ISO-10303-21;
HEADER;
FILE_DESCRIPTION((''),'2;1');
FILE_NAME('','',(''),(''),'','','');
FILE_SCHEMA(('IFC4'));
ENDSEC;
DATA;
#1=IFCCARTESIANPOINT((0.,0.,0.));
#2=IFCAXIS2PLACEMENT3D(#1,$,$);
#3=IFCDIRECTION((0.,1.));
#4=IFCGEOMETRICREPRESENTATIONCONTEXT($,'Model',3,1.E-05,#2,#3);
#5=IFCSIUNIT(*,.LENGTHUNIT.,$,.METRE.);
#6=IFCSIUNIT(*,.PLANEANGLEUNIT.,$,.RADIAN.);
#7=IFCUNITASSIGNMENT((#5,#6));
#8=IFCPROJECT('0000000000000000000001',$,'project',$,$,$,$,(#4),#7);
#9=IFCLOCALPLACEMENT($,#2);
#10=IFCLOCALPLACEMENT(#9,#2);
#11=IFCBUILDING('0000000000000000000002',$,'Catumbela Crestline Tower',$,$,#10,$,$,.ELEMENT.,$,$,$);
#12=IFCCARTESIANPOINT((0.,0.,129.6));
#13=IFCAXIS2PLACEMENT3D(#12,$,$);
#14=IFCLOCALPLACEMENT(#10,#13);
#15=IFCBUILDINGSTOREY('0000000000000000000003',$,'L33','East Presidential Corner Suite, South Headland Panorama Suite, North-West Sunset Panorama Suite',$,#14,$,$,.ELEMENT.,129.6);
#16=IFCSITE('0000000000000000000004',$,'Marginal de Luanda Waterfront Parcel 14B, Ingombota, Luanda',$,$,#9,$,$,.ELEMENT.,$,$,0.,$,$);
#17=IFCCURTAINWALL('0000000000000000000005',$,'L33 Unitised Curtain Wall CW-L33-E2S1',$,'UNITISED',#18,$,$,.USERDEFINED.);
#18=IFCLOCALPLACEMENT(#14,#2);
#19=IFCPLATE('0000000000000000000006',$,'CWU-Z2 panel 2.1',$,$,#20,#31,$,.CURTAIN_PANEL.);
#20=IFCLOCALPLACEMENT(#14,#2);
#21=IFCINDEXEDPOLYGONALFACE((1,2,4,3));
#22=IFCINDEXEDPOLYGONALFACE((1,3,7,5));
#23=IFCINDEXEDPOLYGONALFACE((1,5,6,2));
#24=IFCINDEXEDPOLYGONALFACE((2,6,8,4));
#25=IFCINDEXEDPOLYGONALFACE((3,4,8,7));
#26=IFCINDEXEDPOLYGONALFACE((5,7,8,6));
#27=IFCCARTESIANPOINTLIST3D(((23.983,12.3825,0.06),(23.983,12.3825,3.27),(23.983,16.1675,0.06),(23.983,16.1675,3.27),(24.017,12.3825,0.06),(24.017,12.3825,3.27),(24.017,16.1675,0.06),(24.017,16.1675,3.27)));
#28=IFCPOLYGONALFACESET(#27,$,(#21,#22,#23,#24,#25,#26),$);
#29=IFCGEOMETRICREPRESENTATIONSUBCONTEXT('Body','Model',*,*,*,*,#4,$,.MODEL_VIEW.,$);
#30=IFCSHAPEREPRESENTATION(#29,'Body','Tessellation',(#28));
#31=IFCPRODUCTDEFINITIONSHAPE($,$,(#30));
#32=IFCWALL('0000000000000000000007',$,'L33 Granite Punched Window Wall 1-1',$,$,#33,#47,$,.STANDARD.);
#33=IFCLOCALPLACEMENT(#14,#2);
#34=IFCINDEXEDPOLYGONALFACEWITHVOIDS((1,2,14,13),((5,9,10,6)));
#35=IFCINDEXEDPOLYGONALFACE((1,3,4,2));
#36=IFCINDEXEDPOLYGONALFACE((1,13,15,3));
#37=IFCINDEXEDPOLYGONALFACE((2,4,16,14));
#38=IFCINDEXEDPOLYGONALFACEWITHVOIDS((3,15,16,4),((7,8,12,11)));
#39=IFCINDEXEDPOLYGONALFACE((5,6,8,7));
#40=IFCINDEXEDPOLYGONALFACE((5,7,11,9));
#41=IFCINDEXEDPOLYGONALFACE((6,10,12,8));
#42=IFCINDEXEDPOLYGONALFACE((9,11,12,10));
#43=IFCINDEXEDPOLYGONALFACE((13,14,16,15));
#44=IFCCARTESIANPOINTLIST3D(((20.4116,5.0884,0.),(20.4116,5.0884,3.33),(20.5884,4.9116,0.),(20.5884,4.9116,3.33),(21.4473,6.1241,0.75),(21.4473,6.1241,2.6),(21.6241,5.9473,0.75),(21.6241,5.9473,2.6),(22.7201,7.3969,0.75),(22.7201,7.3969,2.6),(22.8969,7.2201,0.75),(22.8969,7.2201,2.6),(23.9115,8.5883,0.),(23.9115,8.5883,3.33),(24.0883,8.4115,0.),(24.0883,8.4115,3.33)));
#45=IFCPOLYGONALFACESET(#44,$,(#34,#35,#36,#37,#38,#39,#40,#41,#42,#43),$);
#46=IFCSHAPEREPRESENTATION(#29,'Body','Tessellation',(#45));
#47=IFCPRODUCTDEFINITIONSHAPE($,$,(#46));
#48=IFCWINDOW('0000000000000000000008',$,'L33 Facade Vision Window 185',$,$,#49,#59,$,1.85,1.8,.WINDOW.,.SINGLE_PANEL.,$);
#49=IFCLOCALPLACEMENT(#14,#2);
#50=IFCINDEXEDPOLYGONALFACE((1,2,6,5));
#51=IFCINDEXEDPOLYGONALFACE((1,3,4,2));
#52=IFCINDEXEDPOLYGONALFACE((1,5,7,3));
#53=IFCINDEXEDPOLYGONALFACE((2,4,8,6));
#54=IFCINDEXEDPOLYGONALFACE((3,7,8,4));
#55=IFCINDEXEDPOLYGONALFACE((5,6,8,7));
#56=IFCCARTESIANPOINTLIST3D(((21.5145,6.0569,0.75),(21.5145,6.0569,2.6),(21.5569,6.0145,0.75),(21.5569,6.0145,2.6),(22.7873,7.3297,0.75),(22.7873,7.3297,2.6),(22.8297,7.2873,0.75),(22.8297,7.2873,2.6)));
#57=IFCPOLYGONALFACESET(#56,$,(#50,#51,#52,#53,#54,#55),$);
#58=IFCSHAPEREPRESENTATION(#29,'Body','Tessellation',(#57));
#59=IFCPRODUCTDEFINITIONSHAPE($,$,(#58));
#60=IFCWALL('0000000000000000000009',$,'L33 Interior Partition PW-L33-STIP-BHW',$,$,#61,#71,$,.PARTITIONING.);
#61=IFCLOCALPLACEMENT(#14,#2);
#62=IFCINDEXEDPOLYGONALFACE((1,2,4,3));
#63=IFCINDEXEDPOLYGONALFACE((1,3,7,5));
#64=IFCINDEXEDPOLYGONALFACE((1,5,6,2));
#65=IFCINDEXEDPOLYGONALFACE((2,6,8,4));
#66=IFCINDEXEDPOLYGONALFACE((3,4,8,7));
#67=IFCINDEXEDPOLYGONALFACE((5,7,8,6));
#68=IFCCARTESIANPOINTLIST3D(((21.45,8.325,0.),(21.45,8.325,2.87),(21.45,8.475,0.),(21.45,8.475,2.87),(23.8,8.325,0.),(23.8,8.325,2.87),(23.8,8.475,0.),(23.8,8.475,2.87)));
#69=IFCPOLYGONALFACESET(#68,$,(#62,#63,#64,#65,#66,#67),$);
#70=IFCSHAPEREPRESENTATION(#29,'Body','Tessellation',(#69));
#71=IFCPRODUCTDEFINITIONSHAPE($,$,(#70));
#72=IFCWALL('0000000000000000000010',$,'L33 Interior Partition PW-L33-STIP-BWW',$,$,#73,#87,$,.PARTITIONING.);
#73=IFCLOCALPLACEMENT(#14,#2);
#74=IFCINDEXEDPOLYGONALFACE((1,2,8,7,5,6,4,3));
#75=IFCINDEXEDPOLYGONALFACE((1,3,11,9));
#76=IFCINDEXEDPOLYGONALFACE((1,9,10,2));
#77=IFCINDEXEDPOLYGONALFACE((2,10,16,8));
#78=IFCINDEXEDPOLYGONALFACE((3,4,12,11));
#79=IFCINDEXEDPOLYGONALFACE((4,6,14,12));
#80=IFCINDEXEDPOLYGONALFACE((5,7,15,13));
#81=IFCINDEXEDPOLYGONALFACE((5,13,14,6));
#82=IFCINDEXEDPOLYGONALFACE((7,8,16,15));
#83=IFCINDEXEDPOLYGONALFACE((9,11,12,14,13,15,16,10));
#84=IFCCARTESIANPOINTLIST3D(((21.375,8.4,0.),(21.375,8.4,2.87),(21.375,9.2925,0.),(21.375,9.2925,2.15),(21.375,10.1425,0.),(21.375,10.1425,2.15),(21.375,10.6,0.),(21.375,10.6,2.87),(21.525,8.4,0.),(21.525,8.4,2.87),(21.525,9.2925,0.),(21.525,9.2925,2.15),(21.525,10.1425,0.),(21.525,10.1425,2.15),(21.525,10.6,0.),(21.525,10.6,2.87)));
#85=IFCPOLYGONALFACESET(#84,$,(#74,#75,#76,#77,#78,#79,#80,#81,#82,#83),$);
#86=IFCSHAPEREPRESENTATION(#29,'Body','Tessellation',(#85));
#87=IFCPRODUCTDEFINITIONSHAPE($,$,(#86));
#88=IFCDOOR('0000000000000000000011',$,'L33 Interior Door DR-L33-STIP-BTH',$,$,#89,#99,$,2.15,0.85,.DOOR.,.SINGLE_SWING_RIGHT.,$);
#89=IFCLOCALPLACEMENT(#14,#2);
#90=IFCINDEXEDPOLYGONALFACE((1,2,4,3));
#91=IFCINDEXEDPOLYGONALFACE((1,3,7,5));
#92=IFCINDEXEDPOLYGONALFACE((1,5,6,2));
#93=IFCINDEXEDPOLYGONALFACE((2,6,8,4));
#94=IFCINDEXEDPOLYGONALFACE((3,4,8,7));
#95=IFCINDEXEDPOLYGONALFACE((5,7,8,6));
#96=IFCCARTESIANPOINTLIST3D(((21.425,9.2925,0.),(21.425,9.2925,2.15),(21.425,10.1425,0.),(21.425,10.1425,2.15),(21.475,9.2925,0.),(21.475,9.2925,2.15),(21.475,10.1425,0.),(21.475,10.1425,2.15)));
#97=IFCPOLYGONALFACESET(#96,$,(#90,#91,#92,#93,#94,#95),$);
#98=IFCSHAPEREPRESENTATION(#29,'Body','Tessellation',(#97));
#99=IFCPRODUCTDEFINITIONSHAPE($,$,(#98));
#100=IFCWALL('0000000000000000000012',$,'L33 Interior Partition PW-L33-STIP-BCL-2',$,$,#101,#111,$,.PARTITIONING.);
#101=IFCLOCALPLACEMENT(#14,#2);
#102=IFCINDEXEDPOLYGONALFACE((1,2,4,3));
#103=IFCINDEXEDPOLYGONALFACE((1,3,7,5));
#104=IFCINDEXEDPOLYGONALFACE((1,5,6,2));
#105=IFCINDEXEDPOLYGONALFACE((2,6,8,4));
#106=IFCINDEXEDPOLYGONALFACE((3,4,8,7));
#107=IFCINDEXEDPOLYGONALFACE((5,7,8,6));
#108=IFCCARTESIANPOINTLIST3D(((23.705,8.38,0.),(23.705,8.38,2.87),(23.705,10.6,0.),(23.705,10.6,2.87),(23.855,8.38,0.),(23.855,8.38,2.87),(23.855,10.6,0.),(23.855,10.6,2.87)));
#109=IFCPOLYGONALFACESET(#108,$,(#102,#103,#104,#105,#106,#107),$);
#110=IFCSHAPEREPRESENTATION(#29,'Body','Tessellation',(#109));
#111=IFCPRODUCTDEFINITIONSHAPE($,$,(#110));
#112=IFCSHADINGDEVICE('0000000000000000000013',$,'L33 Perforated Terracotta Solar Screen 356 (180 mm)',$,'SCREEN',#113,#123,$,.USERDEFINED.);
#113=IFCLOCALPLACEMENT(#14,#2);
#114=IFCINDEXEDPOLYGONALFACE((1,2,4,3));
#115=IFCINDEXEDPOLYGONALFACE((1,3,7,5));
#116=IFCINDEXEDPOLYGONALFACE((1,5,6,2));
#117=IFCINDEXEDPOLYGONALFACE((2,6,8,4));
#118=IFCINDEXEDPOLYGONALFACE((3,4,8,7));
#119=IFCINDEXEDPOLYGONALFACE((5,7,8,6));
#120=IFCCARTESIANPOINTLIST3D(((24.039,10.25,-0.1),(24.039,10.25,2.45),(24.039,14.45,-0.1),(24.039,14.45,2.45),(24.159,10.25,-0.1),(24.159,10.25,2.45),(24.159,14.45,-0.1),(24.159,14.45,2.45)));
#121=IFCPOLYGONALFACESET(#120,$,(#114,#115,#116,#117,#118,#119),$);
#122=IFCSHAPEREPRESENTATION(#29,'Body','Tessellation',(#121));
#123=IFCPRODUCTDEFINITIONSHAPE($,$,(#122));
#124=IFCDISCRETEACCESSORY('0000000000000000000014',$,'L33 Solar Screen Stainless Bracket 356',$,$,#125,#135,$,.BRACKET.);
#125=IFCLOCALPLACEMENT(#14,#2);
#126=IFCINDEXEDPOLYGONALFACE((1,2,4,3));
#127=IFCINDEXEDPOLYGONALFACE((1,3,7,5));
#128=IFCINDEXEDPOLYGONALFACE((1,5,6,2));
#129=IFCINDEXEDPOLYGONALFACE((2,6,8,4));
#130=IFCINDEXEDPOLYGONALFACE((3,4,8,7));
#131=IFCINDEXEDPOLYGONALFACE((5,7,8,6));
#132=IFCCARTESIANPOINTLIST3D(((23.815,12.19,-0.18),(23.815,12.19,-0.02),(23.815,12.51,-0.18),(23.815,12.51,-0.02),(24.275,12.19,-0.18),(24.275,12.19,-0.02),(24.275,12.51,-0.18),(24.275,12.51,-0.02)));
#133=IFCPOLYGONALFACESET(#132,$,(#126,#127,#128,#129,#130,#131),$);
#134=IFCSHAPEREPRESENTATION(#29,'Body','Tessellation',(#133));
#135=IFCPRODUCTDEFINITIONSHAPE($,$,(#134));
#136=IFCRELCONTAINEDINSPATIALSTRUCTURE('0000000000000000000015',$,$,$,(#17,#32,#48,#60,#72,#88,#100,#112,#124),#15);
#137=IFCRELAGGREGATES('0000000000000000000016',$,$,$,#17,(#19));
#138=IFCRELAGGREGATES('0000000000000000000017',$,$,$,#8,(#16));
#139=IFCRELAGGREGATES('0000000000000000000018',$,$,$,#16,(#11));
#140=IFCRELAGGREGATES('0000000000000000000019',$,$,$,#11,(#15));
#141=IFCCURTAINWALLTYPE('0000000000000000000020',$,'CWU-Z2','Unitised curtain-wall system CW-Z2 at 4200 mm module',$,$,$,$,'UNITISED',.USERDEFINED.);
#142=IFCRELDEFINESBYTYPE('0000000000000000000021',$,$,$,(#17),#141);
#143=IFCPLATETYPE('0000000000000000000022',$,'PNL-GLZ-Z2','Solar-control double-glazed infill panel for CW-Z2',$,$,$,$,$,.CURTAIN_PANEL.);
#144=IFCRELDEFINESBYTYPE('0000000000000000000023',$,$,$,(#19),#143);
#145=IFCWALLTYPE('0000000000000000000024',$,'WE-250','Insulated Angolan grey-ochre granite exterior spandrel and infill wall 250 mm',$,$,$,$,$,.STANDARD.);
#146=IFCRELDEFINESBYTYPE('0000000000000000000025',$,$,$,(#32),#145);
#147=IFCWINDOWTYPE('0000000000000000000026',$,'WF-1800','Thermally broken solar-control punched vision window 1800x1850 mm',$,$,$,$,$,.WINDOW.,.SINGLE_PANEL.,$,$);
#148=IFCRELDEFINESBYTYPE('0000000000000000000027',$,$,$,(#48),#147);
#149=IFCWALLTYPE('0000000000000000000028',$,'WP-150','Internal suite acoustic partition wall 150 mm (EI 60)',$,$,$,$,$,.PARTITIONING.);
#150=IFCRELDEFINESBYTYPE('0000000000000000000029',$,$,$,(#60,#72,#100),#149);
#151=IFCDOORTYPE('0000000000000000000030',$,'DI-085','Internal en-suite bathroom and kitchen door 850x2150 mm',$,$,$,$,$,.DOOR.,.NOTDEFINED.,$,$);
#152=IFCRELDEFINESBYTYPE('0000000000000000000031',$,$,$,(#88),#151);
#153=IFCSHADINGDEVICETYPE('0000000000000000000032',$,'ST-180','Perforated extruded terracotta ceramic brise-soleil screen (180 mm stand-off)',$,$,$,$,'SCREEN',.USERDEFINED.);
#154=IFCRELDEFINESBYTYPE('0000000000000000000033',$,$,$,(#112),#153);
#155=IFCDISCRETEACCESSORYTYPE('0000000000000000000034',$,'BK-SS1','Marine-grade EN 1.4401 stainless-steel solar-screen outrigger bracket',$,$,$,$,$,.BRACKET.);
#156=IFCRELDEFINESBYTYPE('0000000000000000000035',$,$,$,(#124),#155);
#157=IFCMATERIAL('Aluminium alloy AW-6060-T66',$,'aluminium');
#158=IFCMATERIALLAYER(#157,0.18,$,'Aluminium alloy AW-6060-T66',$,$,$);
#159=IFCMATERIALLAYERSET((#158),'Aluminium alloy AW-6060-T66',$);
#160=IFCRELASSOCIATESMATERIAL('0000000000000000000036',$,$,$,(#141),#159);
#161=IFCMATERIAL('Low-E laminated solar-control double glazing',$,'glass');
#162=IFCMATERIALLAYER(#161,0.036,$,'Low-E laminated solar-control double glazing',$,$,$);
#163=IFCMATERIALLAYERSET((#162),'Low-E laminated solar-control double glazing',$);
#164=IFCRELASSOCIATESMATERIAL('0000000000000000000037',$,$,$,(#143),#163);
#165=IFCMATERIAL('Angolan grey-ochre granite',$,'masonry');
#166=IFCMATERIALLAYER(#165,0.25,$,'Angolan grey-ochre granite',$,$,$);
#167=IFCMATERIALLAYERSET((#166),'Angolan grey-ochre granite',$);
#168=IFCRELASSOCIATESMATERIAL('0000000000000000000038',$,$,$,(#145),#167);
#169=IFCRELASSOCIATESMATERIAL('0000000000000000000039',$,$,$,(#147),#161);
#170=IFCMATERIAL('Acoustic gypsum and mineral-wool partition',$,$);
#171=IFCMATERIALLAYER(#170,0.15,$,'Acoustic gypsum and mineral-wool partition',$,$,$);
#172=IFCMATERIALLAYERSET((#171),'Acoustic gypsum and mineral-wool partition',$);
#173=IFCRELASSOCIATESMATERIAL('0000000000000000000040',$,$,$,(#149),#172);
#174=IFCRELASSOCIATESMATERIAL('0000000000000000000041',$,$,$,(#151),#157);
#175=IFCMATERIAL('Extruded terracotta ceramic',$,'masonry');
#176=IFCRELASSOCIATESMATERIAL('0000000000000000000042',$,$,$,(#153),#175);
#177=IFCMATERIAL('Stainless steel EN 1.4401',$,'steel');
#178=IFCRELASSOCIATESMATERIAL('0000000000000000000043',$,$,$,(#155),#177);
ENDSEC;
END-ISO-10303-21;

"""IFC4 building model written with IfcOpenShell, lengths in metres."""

from ifc_helpers import new_model, si_unit, direction, frame, frame_2d, origin, origin_2d, place, context, subcontext, project, spatial, rectangle, extrude, material, layer, layer_set, type_object, element, fill, aggregate, save


model = new_model("IFC4")

# Units and contexts
model_context = context("Model", 3, precision=1e-05, world=origin(), true_north=direction((0.0, 1.0)))
body_context = subcontext(model_context, "Body", "Model", "MODEL_VIEW")
ifc_project = project(units=[si_unit("LENGTHUNIT", "METRE"), si_unit("PLANEANGLEUNIT", "RADIAN")], contexts=[model_context])

# Site, building, storey
site_placement = place(None, origin())
site = spatial("IfcSite", under=ifc_project, at=site_placement, Name="Marginal de Luanda Waterfront Parcel 14B, Ingombota, Luanda", CompositionType="ELEMENT", RefElevation=0.0)
building_placement = place(site_placement, origin())
building = spatial("IfcBuilding", under=site, at=building_placement, Name="Catumbela Crestline Tower", CompositionType="ELEMENT")
storey_placement = place(building_placement, frame((0.0, 0.0, 129.6)))
storey = spatial("IfcBuildingStorey", under=building, at=storey_placement, Name="L33", Description="East Presidential Corner Suite, South Headland Panorama Suite, North-West Sunset Panorama Suite", CompositionType="ELEMENT", Elevation=129.6)

# Shared definitions
ifc_material_1 = material(Name="Aluminium alloy AW-6060-T66", Category="aluminium")
ifc_layer_1 = layer(ifc_material_1, 0.18, Name="Aluminium alloy AW-6060-T66")
ifc_layer_set_1 = layer_set([ifc_layer_1], Name="Aluminium alloy AW-6060-T66")
curtain_wall_type = type_object("IfcCurtainWallType", Name="CWU-Z2", Description="Unitised curtain-wall system CW-Z2 at 4200 mm module", ElementType="UNITISED", PredefinedType="USERDEFINED", material=ifc_layer_set_1)

# Curtain wall
curtain_wall_1_placement = place(storey_placement, origin())
curtain_wall_1 = element("IfcCurtainWall", 1, at=curtain_wall_1_placement, inside=storey, type_object=curtain_wall_type, Name="L33 Unitised Curtain Wall CW-L33-E2S1", ObjectType="UNITISED", PredefinedType="USERDEFINED")

# Plate
ifc_material_2 = material(Name="Low-E laminated solar-control double glazing", Category="glass")
ifc_layer_2 = layer(ifc_material_2, 0.036, Name="Low-E laminated solar-control double glazing")
ifc_layer_set_2 = layer_set([ifc_layer_2], Name="Low-E laminated solar-control double glazing")
plate_type = type_object("IfcPlateType", Name="PNL-GLZ-Z2", Description="Solar-control double-glazed infill panel for CW-Z2", PredefinedType="CURTAIN_PANEL", material=ifc_layer_set_2)
plate_1_placement = place(storey_placement, frame((24.0, 14.275, 0.06), z_axis=(0.0, 0.0, 1.0), x_axis=(0.0, 1.0, 0.0)))
plate_1 = element("IfcPlate", 2, at=plate_1_placement, type_object=plate_type, Name="CWU-Z2 panel 2.1", PredefinedType="CURTAIN_PANEL", context=body_context, shape_type="SweptSolid", body=[
    extrude(rectangle(XDim=3.785, YDim=0.034, at=origin_2d()), origin(), (0.0, 0.0, 1.0), 3.21),
])
aggregate(curtain_wall_1, [plate_1])

# Wall, opening, window
ifc_material_3 = material(Name="Angolan grey-ochre granite", Category="masonry")
ifc_layer_3 = layer(ifc_material_3, 0.25, Name="Angolan grey-ochre granite")
ifc_layer_set_3 = layer_set([ifc_layer_3], Name="Angolan grey-ochre granite")
wall_type_1 = type_object("IfcWallType", Name="WE-250", Description="Insulated Angolan grey-ochre granite exterior spandrel and infill wall 250 mm", PredefinedType="STANDARD", material=ifc_layer_set_3)
wall_1_placement = place(storey_placement, frame((20.5, 5.0, 0.0), z_axis=(0.0, 0.0, 1.0), x_axis=(0.707107, 0.707107, 0.0)))
wall_1 = element("IfcWall", 3, at=wall_1_placement, inside=storey, type_object=wall_type_1, Name="L33 Granite Punched Window Wall 1-1", PredefinedType="STANDARD", context=body_context, shape_type="SweptSolid", body=[
    extrude(rectangle(XDim=4.9497, YDim=0.25, at=frame_2d((2.4748, 0.0))), origin(), (0.0, 0.0, 1.0), 3.33),
])
opening_1_placement = place(wall_1_placement, frame((1.4647, 0.0, 0.75)))
opening_1 = element("IfcOpeningElement", 4, at=opening_1_placement, cuts=wall_1, PredefinedType="OPENING", context=body_context, shape_type="SweptSolid", body=[
    extrude(rectangle(XDim=1.8, YDim=1.85, at=frame_2d((0.9, 0.925))), frame((0.0, 0.135, 0.0), z_axis=(0.0, -1.0, 0.0), x_axis=(1.0, 0.0, 0.0)), (0.0, 0.0, 1.0), 0.27),
])
window_type = type_object("IfcWindowType", Name="WF-1800", Description="Thermally broken solar-control punched vision window 1800x1850 mm", PartitioningType="SINGLE_PANEL", PredefinedType="WINDOW", material=ifc_material_2)
window_placement = place(opening_1_placement, origin())
window = element("IfcWindow", 5, at=window_placement, inside=storey, type_object=window_type, Name="L33 Facade Vision Window 185", OverallHeight=1.85, OverallWidth=1.8, PartitioningType="SINGLE_PANEL", PredefinedType="WINDOW", context=body_context, shape_type="SweptSolid", body=[
    extrude(rectangle(XDim=1.8, YDim=1.85, at=frame_2d((0.9, 0.925))), frame((0.0, 0.03, 0.0), z_axis=(0.0, -1.0, 0.0), x_axis=(1.0, 0.0, 0.0)), (0.0, 0.0, 1.0), 0.06),
])
fill(opening_1, window)

# Wall
ifc_material_4 = material(Name="Acoustic gypsum and mineral-wool partition")
ifc_layer_4 = layer(ifc_material_4, 0.15, Name="Acoustic gypsum and mineral-wool partition")
ifc_layer_set_4 = layer_set([ifc_layer_4], Name="Acoustic gypsum and mineral-wool partition")
wall_type_2 = type_object("IfcWallType", Name="WP-150", Description="Internal suite acoustic partition wall 150 mm (EI 60)", PredefinedType="PARTITIONING", material=ifc_layer_set_4)
wall_2_placement = place(storey_placement, frame((21.45, 8.4, 0.0), z_axis=(0.0, 0.0, 1.0), x_axis=(1.0, 0.0, 0.0)))
element("IfcWall", 6, at=wall_2_placement, inside=storey, type_object=wall_type_2, Name="L33 Interior Partition PW-L33-STIP-BHW", PredefinedType="PARTITIONING", context=body_context, shape_type="SweptSolid", body=[
    extrude(rectangle(XDim=2.35, YDim=0.15, at=frame_2d((1.175, 0.0))), origin(), (0.0, 0.0, 1.0), 2.87),
])

# Wall, opening, door
wall_3_placement = place(storey_placement, frame((21.45, 8.4, 0.0), z_axis=(0.0, 0.0, 1.0), x_axis=(0.0, 1.0, 0.0)))
wall_3 = element("IfcWall", 7, at=wall_3_placement, inside=storey, type_object=wall_type_2, Name="L33 Interior Partition PW-L33-STIP-BWW", PredefinedType="PARTITIONING", context=body_context, shape_type="SweptSolid", body=[
    extrude(rectangle(XDim=2.2, YDim=0.15, at=frame_2d((1.1, 0.0))), origin(), (0.0, 0.0, 1.0), 2.87),
])
opening_2_placement = place(wall_3_placement, frame((0.8925, 0.0, 0.0)))
opening_2 = element("IfcOpeningElement", 8, at=opening_2_placement, cuts=wall_3, PredefinedType="OPENING", context=body_context, shape_type="SweptSolid", body=[
    extrude(rectangle(XDim=0.85, YDim=2.15, at=frame_2d((0.425, 1.075))), frame((0.0, 0.085, 0.0), z_axis=(0.0, -1.0, 0.0), x_axis=(1.0, 0.0, 0.0)), (0.0, 0.0, 1.0), 0.17),
])
door_type = type_object("IfcDoorType", Name="DI-085", Description="Internal en-suite bathroom and kitchen door 850x2150 mm", OperationType="NOTDEFINED", PredefinedType="DOOR", material=ifc_material_1)
door_placement = place(opening_2_placement, origin())
door = element("IfcDoor", 9, at=door_placement, inside=storey, type_object=door_type, Name="L33 Interior Door DR-L33-STIP-BTH", OperationType="SINGLE_SWING_RIGHT", OverallHeight=2.15, OverallWidth=0.85, PredefinedType="DOOR", context=body_context, shape_type="SweptSolid", body=[
    extrude(rectangle(XDim=0.85, YDim=2.15, at=frame_2d((0.425, 1.075))), frame((0.0, 0.025, 0.0), z_axis=(0.0, -1.0, 0.0), x_axis=(1.0, 0.0, 0.0)), (0.0, 0.0, 1.0), 0.05),
])
fill(opening_2, door)

# Wall
wall_4_placement = place(storey_placement, frame((23.78, 10.6, 0.0), z_axis=(0.0, 0.0, 1.0), x_axis=(0.0, -1.0, 0.0)))
element("IfcWall", 10, at=wall_4_placement, inside=storey, type_object=wall_type_2, Name="L33 Interior Partition PW-L33-STIP-BCL-2", PredefinedType="PARTITIONING", context=body_context, shape_type="SweptSolid", body=[
    extrude(rectangle(XDim=2.22, YDim=0.15, at=frame_2d((1.11, 0.0))), origin(), (0.0, 0.0, 1.0), 2.87),
])

# Shading device
ifc_material_5 = material(Name="Extruded terracotta ceramic", Category="masonry")
shading_device_type = type_object("IfcShadingDeviceType", Name="ST-180", Description="Perforated extruded terracotta ceramic brise-soleil screen (180 mm stand-off)", ElementType="SCREEN", PredefinedType="USERDEFINED", material=ifc_material_5)
shading_device_placement = place(storey_placement, frame((24.099, 12.35, -0.1), z_axis=(0.0, 0.0, 1.0), x_axis=(0.0, 1.0, 0.0)))
element("IfcShadingDevice", 11, at=shading_device_placement, inside=storey, type_object=shading_device_type, Name="L33 Perforated Terracotta Solar Screen 356 (180 mm)", ObjectType="SCREEN", PredefinedType="USERDEFINED", context=body_context, shape_type="SweptSolid", body=[
    extrude(rectangle(XDim=4.2, YDim=0.12, at=origin_2d()), origin(), (0.0, 0.0, 1.0), 2.55),
])

# Discrete accessory
ifc_material_6 = material(Name="Stainless steel EN 1.4401", Category="steel")
discrete_accessory_type = type_object("IfcDiscreteAccessoryType", Name="BK-SS1", Description="Marine-grade EN 1.4401 stainless-steel solar-screen outrigger bracket", PredefinedType="BRACKET", material=ifc_material_6)
discrete_accessory_placement = place(storey_placement, frame((24.045, 12.35, -0.18), z_axis=(0.0, 0.0, 1.0), x_axis=(0.0, 1.0, 0.0)))
element("IfcDiscreteAccessory", 12, at=discrete_accessory_placement, inside=storey, type_object=discrete_accessory_type, Name="L33 Solar Screen Stainless Bracket 356", PredefinedType="BRACKET", context=body_context, shape_type="SweptSolid", body=[
    extrude(rectangle(XDim=0.32, YDim=0.46, at=origin_2d()), origin(), (0.0, 0.0, 1.0), 0.16),
])

save(model, "model.ifc")
